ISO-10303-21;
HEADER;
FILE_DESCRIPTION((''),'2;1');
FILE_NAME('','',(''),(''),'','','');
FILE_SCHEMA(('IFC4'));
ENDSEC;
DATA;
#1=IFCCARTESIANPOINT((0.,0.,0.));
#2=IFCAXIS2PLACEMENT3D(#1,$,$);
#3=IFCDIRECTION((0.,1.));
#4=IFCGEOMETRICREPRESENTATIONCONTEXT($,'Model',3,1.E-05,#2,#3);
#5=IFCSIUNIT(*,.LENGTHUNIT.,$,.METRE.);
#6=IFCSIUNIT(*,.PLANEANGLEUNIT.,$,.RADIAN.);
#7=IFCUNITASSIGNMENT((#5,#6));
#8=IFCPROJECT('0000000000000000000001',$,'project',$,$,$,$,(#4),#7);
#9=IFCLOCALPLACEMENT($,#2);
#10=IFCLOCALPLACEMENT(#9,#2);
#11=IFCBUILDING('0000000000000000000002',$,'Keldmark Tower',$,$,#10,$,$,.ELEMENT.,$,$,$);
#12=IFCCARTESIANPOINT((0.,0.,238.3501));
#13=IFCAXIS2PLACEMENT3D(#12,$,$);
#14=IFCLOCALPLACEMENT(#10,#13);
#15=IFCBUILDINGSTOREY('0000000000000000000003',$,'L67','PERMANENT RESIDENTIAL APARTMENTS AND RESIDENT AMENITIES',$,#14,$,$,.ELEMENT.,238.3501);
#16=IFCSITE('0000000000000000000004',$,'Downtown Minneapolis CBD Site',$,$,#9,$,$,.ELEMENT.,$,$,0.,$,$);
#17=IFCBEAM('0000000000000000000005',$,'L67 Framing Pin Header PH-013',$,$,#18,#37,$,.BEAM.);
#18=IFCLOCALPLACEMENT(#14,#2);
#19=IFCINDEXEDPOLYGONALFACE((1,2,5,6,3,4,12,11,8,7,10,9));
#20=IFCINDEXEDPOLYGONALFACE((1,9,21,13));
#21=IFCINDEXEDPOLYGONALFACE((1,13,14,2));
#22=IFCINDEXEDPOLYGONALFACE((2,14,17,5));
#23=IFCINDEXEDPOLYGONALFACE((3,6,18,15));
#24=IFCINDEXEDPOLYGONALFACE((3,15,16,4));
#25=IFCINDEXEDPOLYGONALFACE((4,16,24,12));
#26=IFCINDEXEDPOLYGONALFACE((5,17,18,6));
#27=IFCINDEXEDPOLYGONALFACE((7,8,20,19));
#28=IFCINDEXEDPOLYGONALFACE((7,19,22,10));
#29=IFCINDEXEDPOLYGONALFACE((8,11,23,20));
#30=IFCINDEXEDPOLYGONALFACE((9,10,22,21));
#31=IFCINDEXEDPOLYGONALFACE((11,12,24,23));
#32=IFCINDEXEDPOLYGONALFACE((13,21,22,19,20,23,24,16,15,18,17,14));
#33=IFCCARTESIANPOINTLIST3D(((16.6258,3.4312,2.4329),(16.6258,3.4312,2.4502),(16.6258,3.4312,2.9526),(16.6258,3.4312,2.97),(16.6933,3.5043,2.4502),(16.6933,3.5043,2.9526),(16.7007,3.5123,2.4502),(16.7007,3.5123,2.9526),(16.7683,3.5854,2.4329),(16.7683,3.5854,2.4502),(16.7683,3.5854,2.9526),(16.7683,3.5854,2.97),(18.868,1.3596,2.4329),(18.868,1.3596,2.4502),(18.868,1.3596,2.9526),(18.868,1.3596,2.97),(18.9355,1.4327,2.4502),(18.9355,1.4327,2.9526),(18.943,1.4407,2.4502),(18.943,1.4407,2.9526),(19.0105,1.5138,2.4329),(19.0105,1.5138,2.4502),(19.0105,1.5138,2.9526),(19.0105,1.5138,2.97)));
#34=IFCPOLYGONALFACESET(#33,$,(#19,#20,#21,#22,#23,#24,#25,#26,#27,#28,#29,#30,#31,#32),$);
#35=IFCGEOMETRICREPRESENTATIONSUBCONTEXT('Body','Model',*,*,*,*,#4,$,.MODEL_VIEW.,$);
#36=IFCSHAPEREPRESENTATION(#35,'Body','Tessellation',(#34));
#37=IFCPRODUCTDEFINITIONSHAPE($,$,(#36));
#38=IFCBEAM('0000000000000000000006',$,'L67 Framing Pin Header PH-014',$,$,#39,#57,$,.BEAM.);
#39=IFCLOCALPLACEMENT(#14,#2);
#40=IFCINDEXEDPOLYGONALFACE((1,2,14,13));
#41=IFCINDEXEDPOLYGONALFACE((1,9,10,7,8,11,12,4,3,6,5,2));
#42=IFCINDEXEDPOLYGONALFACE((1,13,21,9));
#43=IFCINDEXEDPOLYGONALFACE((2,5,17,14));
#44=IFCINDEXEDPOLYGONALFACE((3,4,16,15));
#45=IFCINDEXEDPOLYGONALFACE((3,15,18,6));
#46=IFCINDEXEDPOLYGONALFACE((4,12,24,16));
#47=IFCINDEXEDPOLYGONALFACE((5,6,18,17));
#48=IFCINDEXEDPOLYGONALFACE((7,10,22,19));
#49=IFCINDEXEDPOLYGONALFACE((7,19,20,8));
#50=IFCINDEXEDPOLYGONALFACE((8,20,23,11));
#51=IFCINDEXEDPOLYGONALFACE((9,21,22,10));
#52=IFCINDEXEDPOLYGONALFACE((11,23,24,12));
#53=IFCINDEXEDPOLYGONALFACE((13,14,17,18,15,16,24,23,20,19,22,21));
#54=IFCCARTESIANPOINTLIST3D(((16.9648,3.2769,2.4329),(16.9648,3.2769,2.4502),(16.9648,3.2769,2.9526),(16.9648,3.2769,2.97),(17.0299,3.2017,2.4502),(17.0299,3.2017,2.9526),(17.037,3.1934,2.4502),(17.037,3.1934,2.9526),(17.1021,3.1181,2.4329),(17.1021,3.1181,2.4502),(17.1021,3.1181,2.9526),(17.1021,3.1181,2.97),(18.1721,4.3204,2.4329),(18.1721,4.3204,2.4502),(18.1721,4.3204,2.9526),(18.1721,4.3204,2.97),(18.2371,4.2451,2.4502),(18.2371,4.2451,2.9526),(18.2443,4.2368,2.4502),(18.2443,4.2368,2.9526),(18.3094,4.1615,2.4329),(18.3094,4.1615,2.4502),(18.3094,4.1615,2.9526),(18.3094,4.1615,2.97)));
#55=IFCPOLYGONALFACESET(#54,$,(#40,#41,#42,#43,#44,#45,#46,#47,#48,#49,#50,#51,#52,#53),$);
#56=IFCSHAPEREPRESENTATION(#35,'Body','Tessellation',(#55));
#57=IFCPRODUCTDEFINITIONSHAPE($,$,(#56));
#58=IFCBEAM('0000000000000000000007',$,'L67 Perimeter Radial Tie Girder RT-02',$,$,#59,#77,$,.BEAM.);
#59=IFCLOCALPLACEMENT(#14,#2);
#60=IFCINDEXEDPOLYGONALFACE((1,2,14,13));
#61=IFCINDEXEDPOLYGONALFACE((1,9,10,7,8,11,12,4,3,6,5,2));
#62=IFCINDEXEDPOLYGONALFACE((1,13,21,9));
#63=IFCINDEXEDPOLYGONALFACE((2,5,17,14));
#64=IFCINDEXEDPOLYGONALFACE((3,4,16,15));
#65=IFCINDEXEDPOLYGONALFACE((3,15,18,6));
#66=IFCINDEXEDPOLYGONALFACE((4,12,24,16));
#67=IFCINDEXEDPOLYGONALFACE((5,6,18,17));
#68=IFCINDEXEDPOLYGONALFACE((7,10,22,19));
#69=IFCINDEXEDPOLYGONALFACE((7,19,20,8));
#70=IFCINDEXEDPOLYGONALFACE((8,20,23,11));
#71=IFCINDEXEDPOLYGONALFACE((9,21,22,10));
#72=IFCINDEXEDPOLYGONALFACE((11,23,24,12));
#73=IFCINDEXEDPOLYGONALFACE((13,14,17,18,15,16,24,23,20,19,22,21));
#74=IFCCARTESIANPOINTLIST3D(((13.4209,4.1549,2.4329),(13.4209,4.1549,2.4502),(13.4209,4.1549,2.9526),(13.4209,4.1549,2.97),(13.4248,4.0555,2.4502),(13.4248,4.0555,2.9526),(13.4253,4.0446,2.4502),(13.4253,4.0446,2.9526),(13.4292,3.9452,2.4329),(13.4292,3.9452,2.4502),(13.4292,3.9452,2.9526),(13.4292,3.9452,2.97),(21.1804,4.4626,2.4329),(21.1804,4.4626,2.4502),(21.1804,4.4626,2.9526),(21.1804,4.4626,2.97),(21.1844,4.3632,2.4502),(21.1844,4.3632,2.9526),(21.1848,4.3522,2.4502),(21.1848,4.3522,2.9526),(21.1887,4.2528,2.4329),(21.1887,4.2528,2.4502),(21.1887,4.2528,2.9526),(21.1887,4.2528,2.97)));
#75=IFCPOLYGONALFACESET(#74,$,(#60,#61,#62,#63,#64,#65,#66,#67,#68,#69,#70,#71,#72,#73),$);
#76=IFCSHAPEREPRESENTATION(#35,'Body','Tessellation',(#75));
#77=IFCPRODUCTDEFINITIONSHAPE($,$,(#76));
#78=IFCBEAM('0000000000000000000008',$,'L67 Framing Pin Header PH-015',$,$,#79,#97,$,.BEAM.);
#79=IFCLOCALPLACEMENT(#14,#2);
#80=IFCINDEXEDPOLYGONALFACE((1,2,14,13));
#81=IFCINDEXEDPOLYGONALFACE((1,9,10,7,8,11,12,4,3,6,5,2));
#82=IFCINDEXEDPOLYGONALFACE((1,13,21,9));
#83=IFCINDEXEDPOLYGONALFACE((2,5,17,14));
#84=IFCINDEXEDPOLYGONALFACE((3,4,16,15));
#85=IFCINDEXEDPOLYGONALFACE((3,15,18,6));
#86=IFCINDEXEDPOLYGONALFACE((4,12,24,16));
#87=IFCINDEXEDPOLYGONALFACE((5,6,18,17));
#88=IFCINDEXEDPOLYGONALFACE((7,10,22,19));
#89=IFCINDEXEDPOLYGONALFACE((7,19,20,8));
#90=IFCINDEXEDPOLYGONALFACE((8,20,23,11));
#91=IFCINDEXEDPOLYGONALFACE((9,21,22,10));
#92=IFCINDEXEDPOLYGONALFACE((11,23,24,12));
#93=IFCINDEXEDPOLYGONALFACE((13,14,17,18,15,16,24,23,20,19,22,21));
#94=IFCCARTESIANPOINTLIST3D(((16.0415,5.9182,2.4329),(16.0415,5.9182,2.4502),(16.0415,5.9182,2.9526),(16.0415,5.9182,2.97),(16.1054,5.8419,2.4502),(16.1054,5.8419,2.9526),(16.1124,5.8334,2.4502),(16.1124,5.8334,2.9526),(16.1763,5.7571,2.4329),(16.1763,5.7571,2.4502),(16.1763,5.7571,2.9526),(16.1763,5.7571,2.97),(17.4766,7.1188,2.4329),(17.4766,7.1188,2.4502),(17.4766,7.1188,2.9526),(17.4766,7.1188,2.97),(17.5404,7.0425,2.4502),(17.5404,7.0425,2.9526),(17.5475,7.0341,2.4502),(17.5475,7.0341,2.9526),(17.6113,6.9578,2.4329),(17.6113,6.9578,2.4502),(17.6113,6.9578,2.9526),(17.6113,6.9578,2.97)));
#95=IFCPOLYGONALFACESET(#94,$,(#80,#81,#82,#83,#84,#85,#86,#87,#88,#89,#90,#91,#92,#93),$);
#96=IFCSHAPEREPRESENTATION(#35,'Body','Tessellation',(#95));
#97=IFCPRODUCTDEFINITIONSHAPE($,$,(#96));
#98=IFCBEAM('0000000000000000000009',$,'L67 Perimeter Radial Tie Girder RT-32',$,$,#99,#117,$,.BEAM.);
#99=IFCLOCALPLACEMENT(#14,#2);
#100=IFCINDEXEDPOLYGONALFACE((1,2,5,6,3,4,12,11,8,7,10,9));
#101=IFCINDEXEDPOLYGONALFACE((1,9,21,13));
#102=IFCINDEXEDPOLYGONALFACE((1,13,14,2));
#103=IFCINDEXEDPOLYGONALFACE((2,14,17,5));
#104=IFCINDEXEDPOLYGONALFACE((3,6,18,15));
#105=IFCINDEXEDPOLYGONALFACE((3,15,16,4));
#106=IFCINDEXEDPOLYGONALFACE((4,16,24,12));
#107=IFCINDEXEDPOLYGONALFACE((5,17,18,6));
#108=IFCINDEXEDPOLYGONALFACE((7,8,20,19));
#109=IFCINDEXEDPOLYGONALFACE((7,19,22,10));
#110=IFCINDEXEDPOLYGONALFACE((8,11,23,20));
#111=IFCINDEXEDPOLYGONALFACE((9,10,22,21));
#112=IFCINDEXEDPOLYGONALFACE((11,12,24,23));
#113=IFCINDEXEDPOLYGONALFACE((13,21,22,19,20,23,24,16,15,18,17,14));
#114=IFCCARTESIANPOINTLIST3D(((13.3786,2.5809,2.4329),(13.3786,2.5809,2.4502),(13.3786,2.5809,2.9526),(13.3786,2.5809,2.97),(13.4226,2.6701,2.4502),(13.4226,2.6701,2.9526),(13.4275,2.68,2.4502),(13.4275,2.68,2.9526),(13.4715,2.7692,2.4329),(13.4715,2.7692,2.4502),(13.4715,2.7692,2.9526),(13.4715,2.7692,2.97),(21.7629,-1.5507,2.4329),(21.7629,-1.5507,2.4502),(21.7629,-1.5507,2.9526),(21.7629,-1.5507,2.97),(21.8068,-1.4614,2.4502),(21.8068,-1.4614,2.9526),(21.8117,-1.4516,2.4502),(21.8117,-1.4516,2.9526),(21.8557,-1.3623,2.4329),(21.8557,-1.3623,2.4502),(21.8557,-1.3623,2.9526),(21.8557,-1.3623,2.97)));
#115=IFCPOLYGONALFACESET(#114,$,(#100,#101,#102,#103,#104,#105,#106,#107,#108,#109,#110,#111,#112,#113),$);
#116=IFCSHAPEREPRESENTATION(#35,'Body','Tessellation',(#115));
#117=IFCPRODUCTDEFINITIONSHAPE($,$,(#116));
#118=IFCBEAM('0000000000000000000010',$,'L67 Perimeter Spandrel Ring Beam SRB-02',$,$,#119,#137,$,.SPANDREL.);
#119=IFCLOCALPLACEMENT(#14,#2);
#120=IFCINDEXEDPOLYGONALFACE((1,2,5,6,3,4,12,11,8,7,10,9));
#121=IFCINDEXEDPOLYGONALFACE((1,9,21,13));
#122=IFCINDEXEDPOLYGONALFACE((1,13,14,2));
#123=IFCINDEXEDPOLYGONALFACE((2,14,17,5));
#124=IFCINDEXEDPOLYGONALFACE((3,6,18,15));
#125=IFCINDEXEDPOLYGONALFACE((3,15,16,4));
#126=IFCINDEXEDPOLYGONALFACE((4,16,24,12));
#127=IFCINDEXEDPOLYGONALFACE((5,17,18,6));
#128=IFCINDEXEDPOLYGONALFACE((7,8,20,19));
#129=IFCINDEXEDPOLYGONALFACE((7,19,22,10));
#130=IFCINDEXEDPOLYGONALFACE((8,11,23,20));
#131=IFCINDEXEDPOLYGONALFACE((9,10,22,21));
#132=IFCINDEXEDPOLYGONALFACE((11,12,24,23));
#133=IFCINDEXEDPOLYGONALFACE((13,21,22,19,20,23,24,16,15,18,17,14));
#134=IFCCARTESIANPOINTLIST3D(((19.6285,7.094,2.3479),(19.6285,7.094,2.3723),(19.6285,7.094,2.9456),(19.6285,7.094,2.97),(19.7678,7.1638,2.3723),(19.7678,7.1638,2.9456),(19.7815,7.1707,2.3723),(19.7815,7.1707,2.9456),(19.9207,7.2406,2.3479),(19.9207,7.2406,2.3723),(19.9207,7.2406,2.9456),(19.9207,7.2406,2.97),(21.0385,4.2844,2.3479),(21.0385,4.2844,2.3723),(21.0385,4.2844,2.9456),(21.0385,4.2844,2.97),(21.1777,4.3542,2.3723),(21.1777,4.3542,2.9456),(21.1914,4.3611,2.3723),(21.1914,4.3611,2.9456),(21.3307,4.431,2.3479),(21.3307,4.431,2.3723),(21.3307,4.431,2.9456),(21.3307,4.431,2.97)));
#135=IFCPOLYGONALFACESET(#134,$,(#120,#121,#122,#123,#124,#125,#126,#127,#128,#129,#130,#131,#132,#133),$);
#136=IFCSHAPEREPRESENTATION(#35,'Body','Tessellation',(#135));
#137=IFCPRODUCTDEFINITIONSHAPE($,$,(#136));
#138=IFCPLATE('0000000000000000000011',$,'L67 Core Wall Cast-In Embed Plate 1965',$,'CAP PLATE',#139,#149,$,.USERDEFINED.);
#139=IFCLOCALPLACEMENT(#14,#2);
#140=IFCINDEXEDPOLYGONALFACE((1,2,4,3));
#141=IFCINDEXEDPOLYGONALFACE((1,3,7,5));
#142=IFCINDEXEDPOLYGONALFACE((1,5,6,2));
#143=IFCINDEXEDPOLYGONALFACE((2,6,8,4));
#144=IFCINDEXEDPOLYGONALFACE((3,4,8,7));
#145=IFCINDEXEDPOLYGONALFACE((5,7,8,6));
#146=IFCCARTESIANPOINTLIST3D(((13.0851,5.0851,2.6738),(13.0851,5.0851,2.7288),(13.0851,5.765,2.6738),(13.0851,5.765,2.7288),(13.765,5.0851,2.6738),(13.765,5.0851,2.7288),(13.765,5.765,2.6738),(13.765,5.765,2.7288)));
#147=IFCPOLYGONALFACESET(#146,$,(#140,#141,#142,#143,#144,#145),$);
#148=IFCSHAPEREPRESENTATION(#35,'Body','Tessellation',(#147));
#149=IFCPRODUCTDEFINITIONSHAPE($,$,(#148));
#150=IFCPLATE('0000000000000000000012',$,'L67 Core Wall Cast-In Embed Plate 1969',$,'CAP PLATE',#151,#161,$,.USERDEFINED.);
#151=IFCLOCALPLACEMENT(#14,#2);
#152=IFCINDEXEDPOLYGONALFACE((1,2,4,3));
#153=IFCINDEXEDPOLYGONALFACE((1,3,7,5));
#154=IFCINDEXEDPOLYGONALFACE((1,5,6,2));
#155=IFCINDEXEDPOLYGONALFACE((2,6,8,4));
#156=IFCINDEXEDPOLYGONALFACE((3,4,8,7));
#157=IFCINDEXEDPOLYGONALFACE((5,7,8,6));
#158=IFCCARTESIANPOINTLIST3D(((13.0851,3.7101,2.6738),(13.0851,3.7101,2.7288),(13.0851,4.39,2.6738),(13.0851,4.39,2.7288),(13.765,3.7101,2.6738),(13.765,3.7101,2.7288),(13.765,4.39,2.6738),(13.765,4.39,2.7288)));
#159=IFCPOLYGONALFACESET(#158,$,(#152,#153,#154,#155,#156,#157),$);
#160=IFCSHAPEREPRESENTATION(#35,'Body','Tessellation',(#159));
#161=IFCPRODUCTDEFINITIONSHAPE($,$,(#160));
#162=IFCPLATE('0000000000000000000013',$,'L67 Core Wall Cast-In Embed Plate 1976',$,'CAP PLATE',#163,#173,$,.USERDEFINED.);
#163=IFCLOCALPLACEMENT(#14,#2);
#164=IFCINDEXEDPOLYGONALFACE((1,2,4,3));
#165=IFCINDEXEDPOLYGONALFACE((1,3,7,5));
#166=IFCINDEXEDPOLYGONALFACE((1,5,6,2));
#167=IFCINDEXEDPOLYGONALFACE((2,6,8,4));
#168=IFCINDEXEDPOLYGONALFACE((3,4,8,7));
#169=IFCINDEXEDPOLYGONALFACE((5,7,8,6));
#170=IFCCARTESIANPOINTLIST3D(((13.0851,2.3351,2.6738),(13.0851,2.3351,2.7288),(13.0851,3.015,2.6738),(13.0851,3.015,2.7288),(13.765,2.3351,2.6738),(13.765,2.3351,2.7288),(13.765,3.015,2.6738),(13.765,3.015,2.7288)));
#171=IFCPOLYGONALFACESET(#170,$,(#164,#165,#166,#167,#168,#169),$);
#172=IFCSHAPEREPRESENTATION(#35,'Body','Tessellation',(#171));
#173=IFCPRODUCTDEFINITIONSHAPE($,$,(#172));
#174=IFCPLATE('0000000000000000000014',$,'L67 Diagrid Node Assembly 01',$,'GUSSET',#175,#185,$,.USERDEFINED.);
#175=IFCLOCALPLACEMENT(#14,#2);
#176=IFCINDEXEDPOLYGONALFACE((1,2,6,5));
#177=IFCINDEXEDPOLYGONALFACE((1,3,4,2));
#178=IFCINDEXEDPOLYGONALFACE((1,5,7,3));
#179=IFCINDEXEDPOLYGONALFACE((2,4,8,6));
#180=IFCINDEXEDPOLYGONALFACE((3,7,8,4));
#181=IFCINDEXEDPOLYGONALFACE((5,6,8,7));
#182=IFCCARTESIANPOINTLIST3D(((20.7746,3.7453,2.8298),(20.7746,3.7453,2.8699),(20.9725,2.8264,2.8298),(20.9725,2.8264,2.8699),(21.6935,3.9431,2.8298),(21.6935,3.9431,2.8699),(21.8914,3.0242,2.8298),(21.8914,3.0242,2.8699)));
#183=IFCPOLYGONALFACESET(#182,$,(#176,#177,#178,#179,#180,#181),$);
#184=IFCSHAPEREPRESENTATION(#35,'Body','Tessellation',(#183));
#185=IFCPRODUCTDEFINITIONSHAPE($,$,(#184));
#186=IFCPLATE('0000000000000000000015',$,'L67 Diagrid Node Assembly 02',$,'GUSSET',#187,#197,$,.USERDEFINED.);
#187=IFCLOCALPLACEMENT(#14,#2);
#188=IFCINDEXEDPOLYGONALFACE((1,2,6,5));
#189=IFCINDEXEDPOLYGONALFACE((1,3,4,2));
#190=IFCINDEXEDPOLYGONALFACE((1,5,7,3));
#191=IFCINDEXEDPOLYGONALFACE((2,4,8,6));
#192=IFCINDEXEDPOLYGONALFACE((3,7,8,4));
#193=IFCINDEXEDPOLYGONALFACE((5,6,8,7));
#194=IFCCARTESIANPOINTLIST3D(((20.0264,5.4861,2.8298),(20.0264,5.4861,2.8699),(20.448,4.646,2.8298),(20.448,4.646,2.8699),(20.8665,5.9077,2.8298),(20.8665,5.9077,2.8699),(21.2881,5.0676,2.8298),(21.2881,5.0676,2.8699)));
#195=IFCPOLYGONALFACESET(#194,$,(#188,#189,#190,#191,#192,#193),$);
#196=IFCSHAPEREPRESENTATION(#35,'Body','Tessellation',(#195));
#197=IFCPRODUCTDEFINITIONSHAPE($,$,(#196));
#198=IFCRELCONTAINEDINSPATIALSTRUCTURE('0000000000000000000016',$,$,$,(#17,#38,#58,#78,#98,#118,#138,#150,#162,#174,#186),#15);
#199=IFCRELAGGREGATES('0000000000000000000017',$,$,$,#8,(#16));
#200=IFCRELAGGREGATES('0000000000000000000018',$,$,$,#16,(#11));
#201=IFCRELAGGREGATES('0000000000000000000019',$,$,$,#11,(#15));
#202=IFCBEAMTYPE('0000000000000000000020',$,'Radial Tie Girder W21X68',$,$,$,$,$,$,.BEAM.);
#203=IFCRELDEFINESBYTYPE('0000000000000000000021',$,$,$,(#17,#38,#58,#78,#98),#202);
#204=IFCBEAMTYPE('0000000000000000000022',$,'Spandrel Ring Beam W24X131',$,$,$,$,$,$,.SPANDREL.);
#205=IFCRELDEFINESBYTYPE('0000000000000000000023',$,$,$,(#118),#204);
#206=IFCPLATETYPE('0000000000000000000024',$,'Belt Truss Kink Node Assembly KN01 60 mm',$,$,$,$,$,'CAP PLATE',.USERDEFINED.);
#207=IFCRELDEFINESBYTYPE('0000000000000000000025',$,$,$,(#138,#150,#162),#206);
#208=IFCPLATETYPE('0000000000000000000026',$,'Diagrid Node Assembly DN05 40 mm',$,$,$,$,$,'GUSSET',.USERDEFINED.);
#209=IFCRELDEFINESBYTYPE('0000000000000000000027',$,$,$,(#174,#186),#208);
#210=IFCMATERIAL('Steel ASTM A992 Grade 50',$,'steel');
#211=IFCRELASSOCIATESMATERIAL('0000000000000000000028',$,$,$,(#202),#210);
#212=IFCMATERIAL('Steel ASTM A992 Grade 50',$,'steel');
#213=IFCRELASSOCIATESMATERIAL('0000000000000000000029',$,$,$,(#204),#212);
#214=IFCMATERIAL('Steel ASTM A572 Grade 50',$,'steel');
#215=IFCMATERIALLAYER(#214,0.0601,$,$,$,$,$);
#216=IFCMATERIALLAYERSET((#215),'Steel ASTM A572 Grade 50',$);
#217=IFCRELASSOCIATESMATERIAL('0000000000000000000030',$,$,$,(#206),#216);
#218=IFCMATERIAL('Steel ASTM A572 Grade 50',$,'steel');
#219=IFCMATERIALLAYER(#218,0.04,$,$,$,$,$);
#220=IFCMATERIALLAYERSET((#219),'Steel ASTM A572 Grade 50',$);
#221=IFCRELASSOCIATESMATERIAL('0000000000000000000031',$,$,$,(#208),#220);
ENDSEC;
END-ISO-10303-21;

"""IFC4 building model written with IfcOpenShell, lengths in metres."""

from ifc_helpers import new_model, si_unit, direction, frame, origin, origin_2d, place, context, subcontext, project, spatial, rectangle, i_section, extrude, material, layer, layer_set, material_profile, profile_set, type_object, element, save


model = new_model("IFC4")

# Units and contexts
model_context = context("Model", 3, precision=1e-05, world=origin(), true_north=direction((0.0, 1.0)))
body_context = subcontext(model_context, "Body", "Model", "MODEL_VIEW")
ifc_project = project(units=[si_unit("LENGTHUNIT", "METRE"), si_unit("PLANEANGLEUNIT", "RADIAN")], contexts=[model_context])

# Site, building, storey
site_placement = place(None, origin())
site = spatial("IfcSite", under=ifc_project, at=site_placement, Name="Downtown Minneapolis CBD Site", CompositionType="ELEMENT", RefElevation=0.0)
building_placement = place(site_placement, origin())
building = spatial("IfcBuilding", under=site, at=building_placement, Name="Keldmark Tower", CompositionType="ELEMENT")
storey_placement = place(building_placement, frame((0.0, 0.0, 238.3501)))
storey = spatial("IfcBuildingStorey", under=building, at=storey_placement, Name="L67", Description="PERMANENT RESIDENTIAL APARTMENTS AND RESIDENT AMENITIES", CompositionType="ELEMENT", Elevation=238.3501)

# Beams
ifc_material_1 = material(Name="Steel ASTM A992 Grade 50", Category="steel")
ifc_material_profile_1 = material_profile(ifc_material_1, i_section(OverallWidth=0.21, OverallDepth=0.5371, WebThickness=0.011, FlangeThickness=0.0173, at=origin_2d()), Name="W21X68")
ifc_profile_set_1 = profile_set([ifc_material_profile_1], Name="Steel ASTM A992 Grade 50")
beam_type_1 = type_object("IfcBeamType", Name="Radial Tie Girder W21X68", PredefinedType="BEAM", material=ifc_profile_set_1)
beam_1_placement = place(storey_placement, frame((16.697, 3.5083, 2.7014), z_axis=(0.734506, -0.678602, 0.0), x_axis=(0.678602, 0.734506, 0.0)))
element("IfcBeam", 1, at=beam_1_placement, inside=storey, type_object=beam_type_1, Name="L67 Framing Pin Header PH-013", PredefinedType="BEAM", context=body_context, shape_type="SweptSolid", body=[
    extrude(i_section(OverallWidth=0.21, OverallDepth=0.5371, WebThickness=0.011, FlangeThickness=0.0173, at=origin_2d()), origin(), (0.0, 0.0, 1.0), 3.0527),
])
beam_2_placement = place(storey_placement, frame((17.0334, 3.1975, 2.7014), z_axis=(0.756572, 0.653911, 0.0), x_axis=(-0.653911, 0.756572, 0.0)))
element("IfcBeam", 2, at=beam_2_placement, inside=storey, type_object=beam_type_1, Name="L67 Framing Pin Header PH-014", PredefinedType="BEAM", context=body_context, shape_type="SweptSolid", body=[
    extrude(i_section(OverallWidth=0.21, OverallDepth=0.5371, WebThickness=0.011, FlangeThickness=0.0173, at=origin_2d()), origin(), (0.0, 0.0, 1.0), 1.5957),
])
beam_3_placement = place(storey_placement, frame((13.425, 4.05, 2.7014), z_axis=(0.999215, 0.039613, 0.0), x_axis=(-0.039613, 0.999215, 0.0)))
element("IfcBeam", 3, at=beam_3_placement, inside=storey, type_object=beam_type_1, Name="L67 Perimeter Radial Tie Girder RT-02", PredefinedType="BEAM", context=body_context, shape_type="SweptSolid", body=[
    extrude(i_section(OverallWidth=0.21, OverallDepth=0.5371, WebThickness=0.011, FlangeThickness=0.0173, at=origin_2d()), origin(), (0.0, 0.0, 1.0), 7.7656),
])
beam_4_placement = place(storey_placement, frame((16.1089, 5.8376, 2.7014), z_axis=(0.766958, 0.641698, 0.0), x_axis=(-0.641698, 0.766958, 0.0)))
element("IfcBeam", 4, at=beam_4_placement, inside=storey, type_object=beam_type_1, Name="L67 Framing Pin Header PH-015", PredefinedType="BEAM", context=body_context, shape_type="SweptSolid", body=[
    extrude(i_section(OverallWidth=0.21, OverallDepth=0.5371, WebThickness=0.011, FlangeThickness=0.0173, at=origin_2d()), origin(), (0.0, 0.0, 1.0), 1.8711),
])
beam_5_placement = place(storey_placement, frame((13.425, 2.675, 2.7014), z_axis=(0.897003, -0.442024, 0.0), x_axis=(0.442024, 0.897003, 0.0)))
element("IfcBeam", 5, at=beam_5_placement, inside=storey, type_object=beam_type_1, Name="L67 Perimeter Radial Tie Girder RT-32", PredefinedType="BEAM", context=body_context, shape_type="SweptSolid", body=[
    extrude(i_section(OverallWidth=0.21, OverallDepth=0.5371, WebThickness=0.011, FlangeThickness=0.0173, at=origin_2d()), origin(), (0.0, 0.0, 1.0), 9.3469),
])
ifc_material_2 = material(Name="Steel ASTM A992 Grade 50", Category="steel")
ifc_material_profile_2 = material_profile(ifc_material_2, i_section(OverallWidth=0.3269, OverallDepth=0.6221, WebThickness=0.0154, FlangeThickness=0.0244, at=origin_2d()), Name="W24X131")
ifc_profile_set_2 = profile_set([ifc_material_profile_2], Name="Steel ASTM A992 Grade 50")
beam_type_2 = type_object("IfcBeamType", Name="Spandrel Ring Beam W24X131", PredefinedType="SPANDREL", material=ifc_profile_set_2)
beam_6_placement = place(storey_placement, frame((21.1846, 4.3577, 2.6589), z_axis=(-0.448518, 0.893774, 0.0), x_axis=(-0.893774, -0.448518, 0.0)))
element("IfcBeam", 6, at=beam_6_placement, inside=storey, type_object=beam_type_2, Name="L67 Perimeter Spandrel Ring Beam SRB-02", PredefinedType="SPANDREL", context=body_context, shape_type="SweptSolid", body=[
    extrude(i_section(OverallWidth=0.3269, OverallDepth=0.6221, WebThickness=0.0154, FlangeThickness=0.0244, at=origin_2d()), origin(), (0.0, 0.0, 1.0), 3.1436),
])

# Plates
ifc_material_3 = material(Name="Steel ASTM A572 Grade 50", Category="steel")
ifc_layer_1 = layer(ifc_material_3, 0.0601)
ifc_layer_set_1 = layer_set([ifc_layer_1], Name="Steel ASTM A572 Grade 50")
plate_type_1 = type_object("IfcPlateType", Name="Belt Truss Kink Node Assembly KN01 60 mm", ElementType="CAP PLATE", PredefinedType="USERDEFINED", material=ifc_layer_set_1)
for number, where, z_axis, x_axis, name in (
    (7, (13.425, 5.425, 2.6738), (0.0, 0.0, 1.0), (1.0, 0.0, 0.0), "L67 Core Wall Cast-In Embed Plate 1965"),
    (8, (13.425, 4.05, 2.6738), (0.0, 0.0, 1.0), (1.0, 0.0, 0.0), "L67 Core Wall Cast-In Embed Plate 1969"),
    (9, (13.425, 2.675, 2.6738), (0.0, 0.0, 1.0), (1.0, 0.0, 0.0), "L67 Core Wall Cast-In Embed Plate 1976"),
):
    element("IfcPlate", number, at=place(storey_placement, frame(where, z_axis=z_axis, x_axis=x_axis)), inside=storey, type_object=plate_type_1, Name=name, ObjectType="CAP PLATE", PredefinedType="USERDEFINED", context=body_context, shape_type="SweptSolid", body=[
        extrude(rectangle(XDim=0.6799, YDim=0.6799, at=origin_2d()), origin(), (0.0, 0.0, 1.0), 0.0549),
    ])
ifc_material_4 = material(Name="Steel ASTM A572 Grade 50", Category="steel")
ifc_layer_2 = layer(ifc_material_4, 0.04)
ifc_layer_set_2 = layer_set([ifc_layer_2], Name="Steel ASTM A572 Grade 50")
plate_type_2 = type_object("IfcPlateType", Name="Diagrid Node Assembly DN05 40 mm", ElementType="GUSSET", PredefinedType="USERDEFINED", material=ifc_layer_set_2)
for number, where, z_axis, x_axis, name in (
    (10, (21.333, 3.3848, 2.8298), (0.0, 0.0, 1.0), (-0.210472, 0.9776, 0.0), "L67 Diagrid Node Assembly 01"),
    (11, (20.6572, 5.2769, 2.8298), (0.0, 0.0, 1.0), (-0.448539, 0.893763, 0.0), "L67 Diagrid Node Assembly 02"),
):
    element("IfcPlate", number, at=place(storey_placement, frame(where, z_axis=z_axis, x_axis=x_axis)), inside=storey, type_object=plate_type_2, Name=name, ObjectType="GUSSET", PredefinedType="USERDEFINED", context=body_context, shape_type="SweptSolid", body=[
        extrude(rectangle(XDim=0.9399, YDim=0.9399, at=origin_2d()), origin(), (0.0, 0.0, 1.0), 0.04),
    ])

save(model, "model.ifc")
